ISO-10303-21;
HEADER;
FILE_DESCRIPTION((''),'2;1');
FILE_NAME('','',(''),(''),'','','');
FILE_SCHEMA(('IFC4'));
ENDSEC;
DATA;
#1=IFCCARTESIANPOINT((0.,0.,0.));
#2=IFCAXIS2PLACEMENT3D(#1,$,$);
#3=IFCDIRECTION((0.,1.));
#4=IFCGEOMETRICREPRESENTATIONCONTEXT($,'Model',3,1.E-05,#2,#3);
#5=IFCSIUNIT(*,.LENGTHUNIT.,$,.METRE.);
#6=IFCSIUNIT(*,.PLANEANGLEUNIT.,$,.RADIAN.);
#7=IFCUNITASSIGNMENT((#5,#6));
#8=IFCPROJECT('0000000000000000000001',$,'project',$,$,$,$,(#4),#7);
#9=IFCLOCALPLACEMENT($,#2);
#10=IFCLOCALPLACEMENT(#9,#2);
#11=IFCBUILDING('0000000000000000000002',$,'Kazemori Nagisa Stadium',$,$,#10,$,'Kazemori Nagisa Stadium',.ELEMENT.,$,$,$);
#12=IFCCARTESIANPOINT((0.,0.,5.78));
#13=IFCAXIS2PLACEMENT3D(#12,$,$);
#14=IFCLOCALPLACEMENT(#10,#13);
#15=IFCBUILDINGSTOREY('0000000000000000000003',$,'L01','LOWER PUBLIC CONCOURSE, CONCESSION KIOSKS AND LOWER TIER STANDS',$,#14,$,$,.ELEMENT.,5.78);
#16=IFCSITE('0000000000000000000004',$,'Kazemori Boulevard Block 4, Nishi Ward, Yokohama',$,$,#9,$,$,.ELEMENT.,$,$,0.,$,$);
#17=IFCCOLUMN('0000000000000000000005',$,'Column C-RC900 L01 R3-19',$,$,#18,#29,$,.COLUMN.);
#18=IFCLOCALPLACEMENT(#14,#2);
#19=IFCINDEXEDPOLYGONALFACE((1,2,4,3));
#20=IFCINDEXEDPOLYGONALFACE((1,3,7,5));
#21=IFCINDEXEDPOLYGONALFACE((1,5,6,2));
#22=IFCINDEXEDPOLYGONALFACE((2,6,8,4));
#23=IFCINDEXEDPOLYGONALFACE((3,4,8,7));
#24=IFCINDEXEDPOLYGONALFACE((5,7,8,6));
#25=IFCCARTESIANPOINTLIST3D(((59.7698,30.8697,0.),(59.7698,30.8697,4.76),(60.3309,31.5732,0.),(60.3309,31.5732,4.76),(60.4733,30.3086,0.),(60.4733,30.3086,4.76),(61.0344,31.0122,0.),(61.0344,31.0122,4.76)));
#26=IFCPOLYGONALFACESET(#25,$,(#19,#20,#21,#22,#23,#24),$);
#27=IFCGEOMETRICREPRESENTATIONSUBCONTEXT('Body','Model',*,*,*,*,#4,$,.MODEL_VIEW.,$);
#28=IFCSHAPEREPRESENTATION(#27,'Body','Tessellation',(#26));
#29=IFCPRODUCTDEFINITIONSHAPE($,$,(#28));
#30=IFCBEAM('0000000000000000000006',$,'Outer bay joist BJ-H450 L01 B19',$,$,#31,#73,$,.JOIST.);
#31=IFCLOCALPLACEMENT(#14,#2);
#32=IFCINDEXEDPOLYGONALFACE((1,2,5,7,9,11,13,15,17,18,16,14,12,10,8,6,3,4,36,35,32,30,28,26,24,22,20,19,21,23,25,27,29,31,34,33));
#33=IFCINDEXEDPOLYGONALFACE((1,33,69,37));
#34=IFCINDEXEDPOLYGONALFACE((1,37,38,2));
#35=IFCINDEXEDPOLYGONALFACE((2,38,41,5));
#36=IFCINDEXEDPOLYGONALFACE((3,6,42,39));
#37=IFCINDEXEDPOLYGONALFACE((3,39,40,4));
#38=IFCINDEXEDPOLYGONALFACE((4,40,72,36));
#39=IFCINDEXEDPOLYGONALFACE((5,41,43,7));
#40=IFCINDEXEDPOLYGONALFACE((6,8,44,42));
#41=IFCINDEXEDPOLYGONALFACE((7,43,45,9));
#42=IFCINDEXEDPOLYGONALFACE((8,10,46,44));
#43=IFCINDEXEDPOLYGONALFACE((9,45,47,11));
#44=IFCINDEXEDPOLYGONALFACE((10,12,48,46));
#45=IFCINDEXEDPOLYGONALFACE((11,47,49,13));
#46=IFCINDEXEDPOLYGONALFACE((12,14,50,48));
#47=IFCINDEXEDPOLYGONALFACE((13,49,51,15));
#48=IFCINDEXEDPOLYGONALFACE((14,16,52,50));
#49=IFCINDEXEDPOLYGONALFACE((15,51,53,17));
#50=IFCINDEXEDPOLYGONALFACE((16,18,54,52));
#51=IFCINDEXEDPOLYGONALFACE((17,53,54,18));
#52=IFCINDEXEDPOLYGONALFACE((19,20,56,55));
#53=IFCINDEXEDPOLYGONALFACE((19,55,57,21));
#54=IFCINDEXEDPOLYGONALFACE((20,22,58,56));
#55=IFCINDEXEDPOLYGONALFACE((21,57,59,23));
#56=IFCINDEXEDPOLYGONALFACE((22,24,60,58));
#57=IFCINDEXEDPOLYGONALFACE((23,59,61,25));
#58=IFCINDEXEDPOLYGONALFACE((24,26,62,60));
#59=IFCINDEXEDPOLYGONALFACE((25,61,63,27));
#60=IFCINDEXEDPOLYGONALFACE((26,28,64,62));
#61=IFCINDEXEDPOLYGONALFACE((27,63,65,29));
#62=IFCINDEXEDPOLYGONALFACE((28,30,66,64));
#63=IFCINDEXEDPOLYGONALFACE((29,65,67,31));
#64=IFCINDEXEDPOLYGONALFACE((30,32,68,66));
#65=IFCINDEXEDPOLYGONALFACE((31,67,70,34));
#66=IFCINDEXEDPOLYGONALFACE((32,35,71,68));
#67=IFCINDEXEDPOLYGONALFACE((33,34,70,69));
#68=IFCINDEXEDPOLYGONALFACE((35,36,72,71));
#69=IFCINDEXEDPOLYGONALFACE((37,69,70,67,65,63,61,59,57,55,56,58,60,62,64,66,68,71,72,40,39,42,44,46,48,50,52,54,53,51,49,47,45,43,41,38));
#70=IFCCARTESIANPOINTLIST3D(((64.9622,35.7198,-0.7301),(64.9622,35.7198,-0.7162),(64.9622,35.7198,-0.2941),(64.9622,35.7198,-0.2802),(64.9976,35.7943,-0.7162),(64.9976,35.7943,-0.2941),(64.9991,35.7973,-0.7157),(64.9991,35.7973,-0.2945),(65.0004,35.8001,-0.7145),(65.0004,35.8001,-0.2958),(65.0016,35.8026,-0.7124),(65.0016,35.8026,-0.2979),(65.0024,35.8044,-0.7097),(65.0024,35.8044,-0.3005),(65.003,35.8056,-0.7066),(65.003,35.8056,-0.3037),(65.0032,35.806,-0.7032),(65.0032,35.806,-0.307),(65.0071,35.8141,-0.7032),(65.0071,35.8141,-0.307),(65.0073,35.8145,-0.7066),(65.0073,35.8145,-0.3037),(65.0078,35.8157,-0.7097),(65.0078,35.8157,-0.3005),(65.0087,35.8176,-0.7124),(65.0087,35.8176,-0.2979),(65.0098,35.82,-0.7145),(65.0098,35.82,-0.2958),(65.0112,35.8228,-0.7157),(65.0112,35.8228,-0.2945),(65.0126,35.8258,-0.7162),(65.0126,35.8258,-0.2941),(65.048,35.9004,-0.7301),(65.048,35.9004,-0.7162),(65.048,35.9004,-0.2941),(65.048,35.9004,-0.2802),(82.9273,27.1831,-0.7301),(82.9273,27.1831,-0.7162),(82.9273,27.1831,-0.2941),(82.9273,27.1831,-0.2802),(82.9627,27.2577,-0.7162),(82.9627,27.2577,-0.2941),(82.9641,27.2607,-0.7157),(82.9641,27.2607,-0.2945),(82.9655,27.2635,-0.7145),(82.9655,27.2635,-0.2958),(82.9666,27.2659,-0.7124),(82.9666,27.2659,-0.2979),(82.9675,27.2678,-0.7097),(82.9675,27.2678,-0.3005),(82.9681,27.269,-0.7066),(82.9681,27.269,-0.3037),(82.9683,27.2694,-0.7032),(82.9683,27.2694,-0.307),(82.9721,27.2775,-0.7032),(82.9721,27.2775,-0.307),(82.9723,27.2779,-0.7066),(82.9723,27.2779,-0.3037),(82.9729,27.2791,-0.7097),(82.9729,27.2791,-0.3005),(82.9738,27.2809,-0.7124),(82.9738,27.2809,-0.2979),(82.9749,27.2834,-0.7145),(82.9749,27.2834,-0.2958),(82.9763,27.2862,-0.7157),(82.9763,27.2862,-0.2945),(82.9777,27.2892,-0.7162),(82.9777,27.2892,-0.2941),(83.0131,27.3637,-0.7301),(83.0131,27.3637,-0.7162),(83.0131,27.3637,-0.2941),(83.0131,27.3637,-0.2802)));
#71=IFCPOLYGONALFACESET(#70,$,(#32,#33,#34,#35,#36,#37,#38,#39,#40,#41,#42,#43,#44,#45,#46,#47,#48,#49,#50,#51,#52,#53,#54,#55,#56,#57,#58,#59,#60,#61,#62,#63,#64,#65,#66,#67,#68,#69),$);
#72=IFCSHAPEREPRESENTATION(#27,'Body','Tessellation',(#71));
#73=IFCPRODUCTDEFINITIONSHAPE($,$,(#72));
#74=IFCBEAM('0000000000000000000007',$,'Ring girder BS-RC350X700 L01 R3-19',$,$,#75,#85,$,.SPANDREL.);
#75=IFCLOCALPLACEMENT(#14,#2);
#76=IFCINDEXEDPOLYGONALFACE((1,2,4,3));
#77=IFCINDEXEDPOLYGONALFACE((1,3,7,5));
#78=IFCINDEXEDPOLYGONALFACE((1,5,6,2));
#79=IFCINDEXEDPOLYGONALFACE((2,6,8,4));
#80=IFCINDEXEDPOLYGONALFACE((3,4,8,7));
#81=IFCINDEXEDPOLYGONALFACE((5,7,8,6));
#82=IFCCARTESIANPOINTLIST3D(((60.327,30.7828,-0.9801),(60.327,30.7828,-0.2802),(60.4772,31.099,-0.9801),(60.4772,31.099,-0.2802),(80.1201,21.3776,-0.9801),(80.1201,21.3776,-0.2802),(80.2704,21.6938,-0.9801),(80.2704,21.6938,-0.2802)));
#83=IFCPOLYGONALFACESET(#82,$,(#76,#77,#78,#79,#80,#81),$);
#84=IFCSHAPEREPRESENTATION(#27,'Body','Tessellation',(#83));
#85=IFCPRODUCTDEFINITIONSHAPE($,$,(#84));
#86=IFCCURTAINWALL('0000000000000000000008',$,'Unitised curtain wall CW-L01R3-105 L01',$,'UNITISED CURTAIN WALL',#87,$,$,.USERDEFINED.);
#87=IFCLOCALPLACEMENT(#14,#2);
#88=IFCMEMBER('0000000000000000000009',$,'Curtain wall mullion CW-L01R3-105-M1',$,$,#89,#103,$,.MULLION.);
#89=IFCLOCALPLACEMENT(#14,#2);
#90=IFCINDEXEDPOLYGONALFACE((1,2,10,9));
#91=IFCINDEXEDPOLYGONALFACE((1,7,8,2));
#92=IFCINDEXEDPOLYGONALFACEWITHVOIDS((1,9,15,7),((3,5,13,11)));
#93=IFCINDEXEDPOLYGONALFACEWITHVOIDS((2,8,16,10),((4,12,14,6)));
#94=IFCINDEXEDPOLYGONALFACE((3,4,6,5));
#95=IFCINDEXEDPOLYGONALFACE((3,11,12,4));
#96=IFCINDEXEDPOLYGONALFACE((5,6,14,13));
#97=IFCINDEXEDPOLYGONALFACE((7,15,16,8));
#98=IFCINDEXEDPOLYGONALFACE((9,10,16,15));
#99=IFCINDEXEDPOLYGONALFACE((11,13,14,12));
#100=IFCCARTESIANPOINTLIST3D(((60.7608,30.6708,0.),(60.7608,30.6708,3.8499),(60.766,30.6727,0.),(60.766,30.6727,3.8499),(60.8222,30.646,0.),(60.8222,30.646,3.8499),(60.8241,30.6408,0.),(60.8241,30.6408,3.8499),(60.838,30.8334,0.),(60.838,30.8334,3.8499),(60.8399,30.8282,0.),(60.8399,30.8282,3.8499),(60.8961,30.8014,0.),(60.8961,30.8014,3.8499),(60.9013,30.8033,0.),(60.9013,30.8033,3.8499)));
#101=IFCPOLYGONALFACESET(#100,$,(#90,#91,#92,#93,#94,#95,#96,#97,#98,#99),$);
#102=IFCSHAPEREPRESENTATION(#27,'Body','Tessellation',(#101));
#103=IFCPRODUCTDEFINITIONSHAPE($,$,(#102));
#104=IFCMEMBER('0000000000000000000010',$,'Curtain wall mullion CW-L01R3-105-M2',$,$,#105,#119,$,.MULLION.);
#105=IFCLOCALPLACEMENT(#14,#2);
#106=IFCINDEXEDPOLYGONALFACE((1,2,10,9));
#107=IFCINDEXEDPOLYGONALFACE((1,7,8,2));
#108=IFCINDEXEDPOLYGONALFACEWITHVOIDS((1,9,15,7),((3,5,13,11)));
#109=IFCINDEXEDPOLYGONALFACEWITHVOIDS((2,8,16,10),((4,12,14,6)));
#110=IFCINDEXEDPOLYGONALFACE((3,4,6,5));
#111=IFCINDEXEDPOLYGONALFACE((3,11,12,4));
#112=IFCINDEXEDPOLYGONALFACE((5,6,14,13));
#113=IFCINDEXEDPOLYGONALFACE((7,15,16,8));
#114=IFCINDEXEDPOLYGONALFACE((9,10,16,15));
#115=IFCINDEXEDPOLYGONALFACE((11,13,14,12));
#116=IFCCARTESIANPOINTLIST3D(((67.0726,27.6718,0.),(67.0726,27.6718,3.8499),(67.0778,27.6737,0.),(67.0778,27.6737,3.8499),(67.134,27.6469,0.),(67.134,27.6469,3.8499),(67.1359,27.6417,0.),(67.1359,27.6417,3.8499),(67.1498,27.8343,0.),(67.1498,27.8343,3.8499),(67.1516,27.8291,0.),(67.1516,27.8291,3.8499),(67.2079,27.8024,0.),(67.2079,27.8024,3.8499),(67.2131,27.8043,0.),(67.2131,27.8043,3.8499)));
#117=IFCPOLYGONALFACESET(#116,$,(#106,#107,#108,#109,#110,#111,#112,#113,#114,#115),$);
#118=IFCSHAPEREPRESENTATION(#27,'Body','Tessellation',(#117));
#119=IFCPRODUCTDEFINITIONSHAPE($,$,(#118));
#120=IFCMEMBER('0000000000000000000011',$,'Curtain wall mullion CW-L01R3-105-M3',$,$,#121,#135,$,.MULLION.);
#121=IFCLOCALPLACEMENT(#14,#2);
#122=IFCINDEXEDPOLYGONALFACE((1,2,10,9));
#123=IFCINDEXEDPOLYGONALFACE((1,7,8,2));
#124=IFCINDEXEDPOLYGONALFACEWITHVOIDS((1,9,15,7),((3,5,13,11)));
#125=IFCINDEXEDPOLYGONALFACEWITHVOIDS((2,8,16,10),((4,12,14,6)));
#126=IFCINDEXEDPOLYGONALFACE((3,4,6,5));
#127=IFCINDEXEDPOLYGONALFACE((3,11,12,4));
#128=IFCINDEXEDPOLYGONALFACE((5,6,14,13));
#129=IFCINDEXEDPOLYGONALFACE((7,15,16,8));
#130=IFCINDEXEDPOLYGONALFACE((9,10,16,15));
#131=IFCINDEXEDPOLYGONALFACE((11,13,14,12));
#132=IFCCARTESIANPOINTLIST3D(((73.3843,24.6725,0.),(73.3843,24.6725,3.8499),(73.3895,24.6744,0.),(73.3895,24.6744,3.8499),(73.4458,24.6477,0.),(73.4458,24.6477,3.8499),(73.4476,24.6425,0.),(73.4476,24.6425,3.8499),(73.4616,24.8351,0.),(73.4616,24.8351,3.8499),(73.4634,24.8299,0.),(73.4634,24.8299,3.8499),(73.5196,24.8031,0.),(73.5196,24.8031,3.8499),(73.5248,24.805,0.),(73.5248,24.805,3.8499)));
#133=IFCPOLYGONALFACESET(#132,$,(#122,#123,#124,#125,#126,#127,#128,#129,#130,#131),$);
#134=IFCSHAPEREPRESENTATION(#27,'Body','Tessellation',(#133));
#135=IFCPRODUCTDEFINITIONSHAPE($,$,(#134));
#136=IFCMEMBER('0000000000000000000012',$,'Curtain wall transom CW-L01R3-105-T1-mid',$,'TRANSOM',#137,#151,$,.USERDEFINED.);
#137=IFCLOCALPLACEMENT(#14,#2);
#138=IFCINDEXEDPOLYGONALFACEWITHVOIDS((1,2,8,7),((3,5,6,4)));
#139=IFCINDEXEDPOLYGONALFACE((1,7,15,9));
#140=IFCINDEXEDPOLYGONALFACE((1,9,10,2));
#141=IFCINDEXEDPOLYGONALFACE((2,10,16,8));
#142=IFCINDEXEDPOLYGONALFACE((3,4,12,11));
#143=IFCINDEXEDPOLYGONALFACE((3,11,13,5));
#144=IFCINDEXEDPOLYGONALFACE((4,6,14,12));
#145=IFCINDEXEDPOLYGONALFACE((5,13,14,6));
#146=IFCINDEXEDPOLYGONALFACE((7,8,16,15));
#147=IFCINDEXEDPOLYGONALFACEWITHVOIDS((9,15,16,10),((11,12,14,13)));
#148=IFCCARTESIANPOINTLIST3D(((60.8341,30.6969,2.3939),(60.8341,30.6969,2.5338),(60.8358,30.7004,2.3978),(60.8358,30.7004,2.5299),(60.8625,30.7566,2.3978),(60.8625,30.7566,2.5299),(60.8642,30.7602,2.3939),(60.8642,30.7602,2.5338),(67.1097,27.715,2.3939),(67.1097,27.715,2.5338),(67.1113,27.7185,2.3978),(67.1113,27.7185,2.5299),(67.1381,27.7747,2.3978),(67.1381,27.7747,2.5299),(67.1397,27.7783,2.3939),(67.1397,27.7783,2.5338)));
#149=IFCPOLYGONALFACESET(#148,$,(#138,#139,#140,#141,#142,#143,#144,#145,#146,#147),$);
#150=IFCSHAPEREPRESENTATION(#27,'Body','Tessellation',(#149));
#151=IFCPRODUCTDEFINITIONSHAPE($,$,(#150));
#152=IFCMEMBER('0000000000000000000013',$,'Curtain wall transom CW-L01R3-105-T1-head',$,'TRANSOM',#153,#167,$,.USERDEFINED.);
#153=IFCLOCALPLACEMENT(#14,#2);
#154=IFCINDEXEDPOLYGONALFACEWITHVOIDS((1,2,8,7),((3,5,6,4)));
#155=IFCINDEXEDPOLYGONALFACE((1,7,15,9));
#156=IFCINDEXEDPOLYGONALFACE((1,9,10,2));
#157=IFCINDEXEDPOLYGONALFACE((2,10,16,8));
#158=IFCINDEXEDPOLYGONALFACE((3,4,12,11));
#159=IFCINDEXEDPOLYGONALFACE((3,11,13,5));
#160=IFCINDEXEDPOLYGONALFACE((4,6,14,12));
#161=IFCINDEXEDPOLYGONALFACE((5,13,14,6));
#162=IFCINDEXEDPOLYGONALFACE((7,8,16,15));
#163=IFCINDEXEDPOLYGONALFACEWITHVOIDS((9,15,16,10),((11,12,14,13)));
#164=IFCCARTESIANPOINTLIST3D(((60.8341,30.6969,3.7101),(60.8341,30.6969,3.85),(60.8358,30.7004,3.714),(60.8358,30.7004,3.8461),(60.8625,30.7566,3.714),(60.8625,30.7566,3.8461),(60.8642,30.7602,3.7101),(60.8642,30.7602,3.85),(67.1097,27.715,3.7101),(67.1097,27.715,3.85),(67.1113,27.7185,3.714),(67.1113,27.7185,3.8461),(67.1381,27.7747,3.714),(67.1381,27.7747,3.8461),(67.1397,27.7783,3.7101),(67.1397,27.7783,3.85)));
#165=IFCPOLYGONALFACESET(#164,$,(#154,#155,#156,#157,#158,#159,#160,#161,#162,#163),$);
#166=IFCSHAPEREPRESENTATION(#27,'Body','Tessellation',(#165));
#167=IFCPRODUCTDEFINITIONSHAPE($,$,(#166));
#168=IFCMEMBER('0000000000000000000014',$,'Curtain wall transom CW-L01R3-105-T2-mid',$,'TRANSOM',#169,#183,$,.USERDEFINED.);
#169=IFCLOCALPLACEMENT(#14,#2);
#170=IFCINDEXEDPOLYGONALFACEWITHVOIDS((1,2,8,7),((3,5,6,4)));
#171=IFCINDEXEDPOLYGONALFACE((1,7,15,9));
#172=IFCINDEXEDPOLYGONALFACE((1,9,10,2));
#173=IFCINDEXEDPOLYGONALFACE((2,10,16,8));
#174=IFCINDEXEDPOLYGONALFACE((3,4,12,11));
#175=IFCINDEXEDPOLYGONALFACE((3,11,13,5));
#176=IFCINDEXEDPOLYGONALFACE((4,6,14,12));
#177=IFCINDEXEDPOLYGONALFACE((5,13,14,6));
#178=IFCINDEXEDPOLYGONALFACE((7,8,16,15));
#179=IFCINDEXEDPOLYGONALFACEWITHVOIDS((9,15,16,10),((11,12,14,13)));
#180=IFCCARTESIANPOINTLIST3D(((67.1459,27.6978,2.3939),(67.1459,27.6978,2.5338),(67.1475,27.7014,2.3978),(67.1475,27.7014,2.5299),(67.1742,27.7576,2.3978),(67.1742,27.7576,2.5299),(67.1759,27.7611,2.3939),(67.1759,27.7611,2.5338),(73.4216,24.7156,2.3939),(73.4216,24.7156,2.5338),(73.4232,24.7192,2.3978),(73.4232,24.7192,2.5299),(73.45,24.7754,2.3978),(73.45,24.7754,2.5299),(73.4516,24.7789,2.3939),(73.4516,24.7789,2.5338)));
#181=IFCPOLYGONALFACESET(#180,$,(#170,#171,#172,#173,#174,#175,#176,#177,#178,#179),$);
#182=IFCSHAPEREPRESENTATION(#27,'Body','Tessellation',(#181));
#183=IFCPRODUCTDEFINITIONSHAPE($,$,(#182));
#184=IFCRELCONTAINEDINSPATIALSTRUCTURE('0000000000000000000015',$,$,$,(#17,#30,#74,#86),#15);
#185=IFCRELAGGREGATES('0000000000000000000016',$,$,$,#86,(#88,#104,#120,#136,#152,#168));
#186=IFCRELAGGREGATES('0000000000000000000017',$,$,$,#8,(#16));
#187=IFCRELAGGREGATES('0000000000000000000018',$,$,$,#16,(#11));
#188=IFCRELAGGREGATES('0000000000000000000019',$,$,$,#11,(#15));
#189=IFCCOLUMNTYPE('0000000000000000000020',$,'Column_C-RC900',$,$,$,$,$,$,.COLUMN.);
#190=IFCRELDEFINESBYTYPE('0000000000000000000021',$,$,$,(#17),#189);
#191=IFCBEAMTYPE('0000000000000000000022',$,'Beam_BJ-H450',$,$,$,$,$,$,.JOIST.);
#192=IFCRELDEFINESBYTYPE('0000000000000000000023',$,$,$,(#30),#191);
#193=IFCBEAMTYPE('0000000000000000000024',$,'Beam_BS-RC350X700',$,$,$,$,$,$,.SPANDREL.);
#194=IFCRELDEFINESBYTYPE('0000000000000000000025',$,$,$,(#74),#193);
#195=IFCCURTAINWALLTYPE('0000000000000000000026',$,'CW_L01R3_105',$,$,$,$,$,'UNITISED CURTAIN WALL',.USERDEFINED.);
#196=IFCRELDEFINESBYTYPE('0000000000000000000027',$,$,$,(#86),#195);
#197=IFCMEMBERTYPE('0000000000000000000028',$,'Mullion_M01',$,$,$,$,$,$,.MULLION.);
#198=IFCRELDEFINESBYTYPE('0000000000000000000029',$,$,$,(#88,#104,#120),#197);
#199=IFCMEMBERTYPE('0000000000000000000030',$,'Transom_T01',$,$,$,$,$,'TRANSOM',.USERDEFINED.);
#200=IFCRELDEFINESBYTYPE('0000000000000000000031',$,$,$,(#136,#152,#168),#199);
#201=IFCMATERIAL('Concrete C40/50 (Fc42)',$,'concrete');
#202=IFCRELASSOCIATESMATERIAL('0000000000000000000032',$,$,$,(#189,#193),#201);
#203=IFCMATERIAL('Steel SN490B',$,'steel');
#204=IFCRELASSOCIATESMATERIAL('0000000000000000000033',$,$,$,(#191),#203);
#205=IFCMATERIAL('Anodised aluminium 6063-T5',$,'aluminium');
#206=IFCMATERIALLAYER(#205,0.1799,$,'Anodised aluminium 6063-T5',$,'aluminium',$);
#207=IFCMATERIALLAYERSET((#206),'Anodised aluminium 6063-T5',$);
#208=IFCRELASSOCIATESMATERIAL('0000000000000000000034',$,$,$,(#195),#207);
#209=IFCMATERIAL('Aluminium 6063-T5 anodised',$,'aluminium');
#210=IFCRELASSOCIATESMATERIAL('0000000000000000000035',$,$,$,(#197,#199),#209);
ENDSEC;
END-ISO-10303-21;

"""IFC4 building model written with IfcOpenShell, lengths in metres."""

from ifc_helpers import new_model, si_unit, direction, frame, origin, origin_2d, place, context, subcontext, project, spatial, rectangle, hollow_rectangle, i_section, extrude, material, layer, layer_set, material_profile, profile_set, type_object, element, aggregate, save


model = new_model("IFC4")

# Units and contexts
model_context = context("Model", 3, precision=1e-05, world=origin(), true_north=direction((0.0, 1.0)))
body_context = subcontext(model_context, "Body", "Model", "MODEL_VIEW")
ifc_project = project(units=[si_unit("LENGTHUNIT", "METRE"), si_unit("PLANEANGLEUNIT", "RADIAN")], contexts=[model_context])

# Site, building, storey
site_placement = place(None, origin())
site = spatial("IfcSite", under=ifc_project, at=site_placement, Name="Kazemori Boulevard Block 4, Nishi Ward, Yokohama", CompositionType="ELEMENT", RefElevation=0.0)
building_placement = place(site_placement, origin())
building = spatial("IfcBuilding", under=site, at=building_placement, Name="Kazemori Nagisa Stadium", LongName="Kazemori Nagisa Stadium", CompositionType="ELEMENT")
storey_placement = place(building_placement, frame((0.0, 0.0, 5.78)))
storey = spatial("IfcBuildingStorey", under=building, at=storey_placement, Name="L01", Description="LOWER PUBLIC CONCOURSE, CONCESSION KIOSKS AND LOWER TIER STANDS", CompositionType="ELEMENT", Elevation=5.78)

# Column
ifc_material_1 = material(Name="Concrete C40/50 (Fc42)", Category="concrete")
ifc_material_profile_1 = material_profile(ifc_material_1, rectangle(XDim=0.8999, YDim=0.8999, at=origin_2d()), Name="RC-COL-900x900")
ifc_profile_set_1 = profile_set([ifc_material_profile_1], Name="Concrete C40/50 (Fc42)")
column_type = type_object("IfcColumnType", Name="Column_C-RC900", PredefinedType="COLUMN", material=ifc_profile_set_1)
column_placement = place(storey_placement, frame((60.4021, 30.9409, 0.0), z_axis=(0.0, 0.0, 1.0), x_axis=(-0.62349, -0.781831, 0.0)))
element("IfcColumn", 1, at=column_placement, inside=storey, type_object=column_type, Name="Column C-RC900 L01 R3-19", PredefinedType="COLUMN", context=body_context, shape_type="SweptSolid", body=[
    extrude(rectangle(XDim=0.8999, YDim=0.8999, at=origin_2d()), origin(), (0.0, 0.0, 1.0), 4.76),
])

# Beams
ifc_material_2 = material(Name="Steel SN490B", Category="steel")
ifc_material_profile_2 = material_profile(ifc_material_2, i_section(OverallWidth=0.2, OverallDepth=0.45, WebThickness=0.009, FlangeThickness=0.0139, FilletRadius=0.0129, at=origin_2d()), Name="H-450x200x9x14")
ifc_profile_set_2 = profile_set([ifc_material_profile_2], Name="Steel SN490B")
beam_type_1 = type_object("IfcBeamType", Name="Beam_BJ-H450", PredefinedType="JOIST", material=ifc_profile_set_2)
beam_1_placement = place(storey_placement, frame((65.0051, 35.8101, -0.5051), z_axis=(0.903215, -0.429188, 0.0), x_axis=(0.429188, 0.903215, 0.0)))
element("IfcBeam", 2, at=beam_1_placement, inside=storey, type_object=beam_type_1, Name="Outer bay joist BJ-H450 L01 B19", PredefinedType="JOIST", context=body_context, shape_type="SweptSolid", body=[
    extrude(i_section(OverallWidth=0.2, OverallDepth=0.45, WebThickness=0.009, FlangeThickness=0.0139, FilletRadius=0.0129, at=origin_2d()), origin(), (0.0, 0.0, 1.0), 19.8901),
])
ifc_material_profile_3 = material_profile(ifc_material_1, rectangle(XDim=0.3501, YDim=0.7, at=origin_2d()), Name="RC-SP-350x700")
ifc_profile_set_3 = profile_set([ifc_material_profile_3], Name="Concrete C40/50 (Fc42)")
beam_type_2 = type_object("IfcBeamType", Name="Beam_BS-RC350X700", PredefinedType="SPANDREL", material=ifc_profile_set_3)
beam_2_placement = place(storey_placement, frame((60.4021, 30.9409, -0.6301), z_axis=(0.903216, -0.429187, 0.0), x_axis=(0.429187, 0.903216, 0.0)))
element("IfcBeam", 3, at=beam_2_placement, inside=storey, type_object=beam_type_2, Name="Ring girder BS-RC350X700 L01 R3-19", PredefinedType="SPANDREL", context=body_context, shape_type="SweptSolid", body=[
    extrude(rectangle(XDim=0.3501, YDim=0.7, at=origin_2d()), origin(), (0.0, 0.0, 1.0), 21.9141),
])

# Curtain wall, members
ifc_material_3 = material(Name="Anodised aluminium 6063-T5", Category="aluminium")
ifc_layer_1 = layer(ifc_material_3, 0.1799, Name="Anodised aluminium 6063-T5", Category="aluminium")
ifc_layer_set_1 = layer_set([ifc_layer_1], Name="Anodised aluminium 6063-T5")
curtain_wall_type = type_object("IfcCurtainWallType", Name="CW_L01R3_105", ElementType="UNITISED CURTAIN WALL", PredefinedType="USERDEFINED", material=ifc_layer_set_1)
curtain_wall_placement = place(storey_placement, origin())
curtain_wall = element("IfcCurtainWall", 4, at=curtain_wall_placement, inside=storey, type_object=curtain_wall_type, Name="Unitised curtain wall CW-L01R3-105 L01", ObjectType="UNITISED CURTAIN WALL", PredefinedType="USERDEFINED")
ifc_material_4 = material(Name="Aluminium 6063-T5 anodised", Category="aluminium")
ifc_material_profile_4 = material_profile(ifc_material_4, hollow_rectangle(XDim=0.0701, YDim=0.1799, WallThickness=0.0039, at=origin_2d()), Name="ALU-MULL-70x180x4")
ifc_profile_set_4 = profile_set([ifc_material_profile_4], Name="Aluminium 6063-T5 anodised")
member_type_1 = type_object("IfcMemberType", Name="Mullion_M01", PredefinedType="MULLION", material=ifc_profile_set_4)
member_1_placement = place(storey_placement, frame((60.8311, 30.7371, 0.0), z_axis=(0.0, 0.0, 1.0), x_axis=(0.903216, -0.429186, 0.0)))
member_1 = element("IfcMember", 5, at=member_1_placement, type_object=member_type_1, Name="Curtain wall mullion CW-L01R3-105-M1", PredefinedType="MULLION", context=body_context, shape_type="SweptSolid", body=[
    extrude(hollow_rectangle(XDim=0.0701, YDim=0.1799, WallThickness=0.0039, at=origin_2d()), origin(), (0.0, 0.0, 1.0), 3.8499),
])
member_2_placement = place(storey_placement, frame((67.1428, 27.738, 0.0), z_axis=(0.0, 0.0, 1.0), x_axis=(0.903216, -0.429186, 0.0)))
member_2 = element("IfcMember", 6, at=member_2_placement, type_object=member_type_1, Name="Curtain wall mullion CW-L01R3-105-M2", PredefinedType="MULLION", context=body_context, shape_type="SweptSolid", body=[
    extrude(hollow_rectangle(XDim=0.0701, YDim=0.1799, WallThickness=0.0039, at=origin_2d()), origin(), (0.0, 0.0, 1.0), 3.8499),
])
member_3_placement = place(storey_placement, frame((73.4546, 24.7388, 0.0), z_axis=(0.0, 0.0, 1.0), x_axis=(0.903216, -0.429186, 0.0)))
member_3 = element("IfcMember", 7, at=member_3_placement, type_object=member_type_1, Name="Curtain wall mullion CW-L01R3-105-M3", PredefinedType="MULLION", context=body_context, shape_type="SweptSolid", body=[
    extrude(hollow_rectangle(XDim=0.0701, YDim=0.1799, WallThickness=0.0039, at=origin_2d()), origin(), (0.0, 0.0, 1.0), 3.8499),
])
ifc_material_profile_5 = material_profile(ifc_material_4, hollow_rectangle(XDim=0.0701, YDim=0.1399, WallThickness=0.0039, at=origin_2d()), Name="ALU-TRAN-70x140x4")
ifc_profile_set_5 = profile_set([ifc_material_profile_5], Name="Aluminium 6063-T5 anodised")
member_type_2 = type_object("IfcMemberType", Name="Transom_T01", ElementType="TRANSOM", PredefinedType="USERDEFINED", material=ifc_profile_set_5)
member_4_placement = place(storey_placement, frame((60.8491, 30.7285, 2.4639), z_axis=(0.903221, -0.429175, 0.0), x_axis=(0.429175, 0.903221, 0.0)))
member_4 = element("IfcMember", 8, at=member_4_placement, type_object=member_type_2, Name="Curtain wall transom CW-L01R3-105-T1-mid", ObjectType="TRANSOM", PredefinedType="USERDEFINED", context=body_context, shape_type="SweptSolid", body=[
    extrude(hollow_rectangle(XDim=0.0701, YDim=0.1399, WallThickness=0.0039, at=origin_2d()), origin(), (0.0, 0.0, 1.0), 6.948),
])
member_5_placement = place(storey_placement, frame((60.8491, 30.7285, 3.78), z_axis=(0.903221, -0.429175, 0.0), x_axis=(0.429175, 0.903221, 0.0)))
member_5 = element("IfcMember", 9, at=member_5_placement, type_object=member_type_2, Name="Curtain wall transom CW-L01R3-105-T1-head", ObjectType="TRANSOM", PredefinedType="USERDEFINED", context=body_context, shape_type="SweptSolid", body=[
    extrude(hollow_rectangle(XDim=0.0701, YDim=0.1399, WallThickness=0.0039, at=origin_2d()), origin(), (0.0, 0.0, 1.0), 6.948),
])
member_6_placement = place(storey_placement, frame((67.1609, 27.7295, 2.4639), z_axis=(0.903208, -0.429204, 0.0), x_axis=(0.429204, 0.903208, 0.0)))
member_6 = element("IfcMember", 10, at=member_6_placement, type_object=member_type_2, Name="Curtain wall transom CW-L01R3-105-T2-mid", ObjectType="TRANSOM", PredefinedType="USERDEFINED", context=body_context, shape_type="SweptSolid", body=[
    extrude(hollow_rectangle(XDim=0.0701, YDim=0.1399, WallThickness=0.0039, at=origin_2d()), origin(), (0.0, 0.0, 1.0), 6.9482),
])
aggregate(curtain_wall, [member_1, member_2, member_3, member_4, member_5, member_6])

save(model, "model.ifc")
